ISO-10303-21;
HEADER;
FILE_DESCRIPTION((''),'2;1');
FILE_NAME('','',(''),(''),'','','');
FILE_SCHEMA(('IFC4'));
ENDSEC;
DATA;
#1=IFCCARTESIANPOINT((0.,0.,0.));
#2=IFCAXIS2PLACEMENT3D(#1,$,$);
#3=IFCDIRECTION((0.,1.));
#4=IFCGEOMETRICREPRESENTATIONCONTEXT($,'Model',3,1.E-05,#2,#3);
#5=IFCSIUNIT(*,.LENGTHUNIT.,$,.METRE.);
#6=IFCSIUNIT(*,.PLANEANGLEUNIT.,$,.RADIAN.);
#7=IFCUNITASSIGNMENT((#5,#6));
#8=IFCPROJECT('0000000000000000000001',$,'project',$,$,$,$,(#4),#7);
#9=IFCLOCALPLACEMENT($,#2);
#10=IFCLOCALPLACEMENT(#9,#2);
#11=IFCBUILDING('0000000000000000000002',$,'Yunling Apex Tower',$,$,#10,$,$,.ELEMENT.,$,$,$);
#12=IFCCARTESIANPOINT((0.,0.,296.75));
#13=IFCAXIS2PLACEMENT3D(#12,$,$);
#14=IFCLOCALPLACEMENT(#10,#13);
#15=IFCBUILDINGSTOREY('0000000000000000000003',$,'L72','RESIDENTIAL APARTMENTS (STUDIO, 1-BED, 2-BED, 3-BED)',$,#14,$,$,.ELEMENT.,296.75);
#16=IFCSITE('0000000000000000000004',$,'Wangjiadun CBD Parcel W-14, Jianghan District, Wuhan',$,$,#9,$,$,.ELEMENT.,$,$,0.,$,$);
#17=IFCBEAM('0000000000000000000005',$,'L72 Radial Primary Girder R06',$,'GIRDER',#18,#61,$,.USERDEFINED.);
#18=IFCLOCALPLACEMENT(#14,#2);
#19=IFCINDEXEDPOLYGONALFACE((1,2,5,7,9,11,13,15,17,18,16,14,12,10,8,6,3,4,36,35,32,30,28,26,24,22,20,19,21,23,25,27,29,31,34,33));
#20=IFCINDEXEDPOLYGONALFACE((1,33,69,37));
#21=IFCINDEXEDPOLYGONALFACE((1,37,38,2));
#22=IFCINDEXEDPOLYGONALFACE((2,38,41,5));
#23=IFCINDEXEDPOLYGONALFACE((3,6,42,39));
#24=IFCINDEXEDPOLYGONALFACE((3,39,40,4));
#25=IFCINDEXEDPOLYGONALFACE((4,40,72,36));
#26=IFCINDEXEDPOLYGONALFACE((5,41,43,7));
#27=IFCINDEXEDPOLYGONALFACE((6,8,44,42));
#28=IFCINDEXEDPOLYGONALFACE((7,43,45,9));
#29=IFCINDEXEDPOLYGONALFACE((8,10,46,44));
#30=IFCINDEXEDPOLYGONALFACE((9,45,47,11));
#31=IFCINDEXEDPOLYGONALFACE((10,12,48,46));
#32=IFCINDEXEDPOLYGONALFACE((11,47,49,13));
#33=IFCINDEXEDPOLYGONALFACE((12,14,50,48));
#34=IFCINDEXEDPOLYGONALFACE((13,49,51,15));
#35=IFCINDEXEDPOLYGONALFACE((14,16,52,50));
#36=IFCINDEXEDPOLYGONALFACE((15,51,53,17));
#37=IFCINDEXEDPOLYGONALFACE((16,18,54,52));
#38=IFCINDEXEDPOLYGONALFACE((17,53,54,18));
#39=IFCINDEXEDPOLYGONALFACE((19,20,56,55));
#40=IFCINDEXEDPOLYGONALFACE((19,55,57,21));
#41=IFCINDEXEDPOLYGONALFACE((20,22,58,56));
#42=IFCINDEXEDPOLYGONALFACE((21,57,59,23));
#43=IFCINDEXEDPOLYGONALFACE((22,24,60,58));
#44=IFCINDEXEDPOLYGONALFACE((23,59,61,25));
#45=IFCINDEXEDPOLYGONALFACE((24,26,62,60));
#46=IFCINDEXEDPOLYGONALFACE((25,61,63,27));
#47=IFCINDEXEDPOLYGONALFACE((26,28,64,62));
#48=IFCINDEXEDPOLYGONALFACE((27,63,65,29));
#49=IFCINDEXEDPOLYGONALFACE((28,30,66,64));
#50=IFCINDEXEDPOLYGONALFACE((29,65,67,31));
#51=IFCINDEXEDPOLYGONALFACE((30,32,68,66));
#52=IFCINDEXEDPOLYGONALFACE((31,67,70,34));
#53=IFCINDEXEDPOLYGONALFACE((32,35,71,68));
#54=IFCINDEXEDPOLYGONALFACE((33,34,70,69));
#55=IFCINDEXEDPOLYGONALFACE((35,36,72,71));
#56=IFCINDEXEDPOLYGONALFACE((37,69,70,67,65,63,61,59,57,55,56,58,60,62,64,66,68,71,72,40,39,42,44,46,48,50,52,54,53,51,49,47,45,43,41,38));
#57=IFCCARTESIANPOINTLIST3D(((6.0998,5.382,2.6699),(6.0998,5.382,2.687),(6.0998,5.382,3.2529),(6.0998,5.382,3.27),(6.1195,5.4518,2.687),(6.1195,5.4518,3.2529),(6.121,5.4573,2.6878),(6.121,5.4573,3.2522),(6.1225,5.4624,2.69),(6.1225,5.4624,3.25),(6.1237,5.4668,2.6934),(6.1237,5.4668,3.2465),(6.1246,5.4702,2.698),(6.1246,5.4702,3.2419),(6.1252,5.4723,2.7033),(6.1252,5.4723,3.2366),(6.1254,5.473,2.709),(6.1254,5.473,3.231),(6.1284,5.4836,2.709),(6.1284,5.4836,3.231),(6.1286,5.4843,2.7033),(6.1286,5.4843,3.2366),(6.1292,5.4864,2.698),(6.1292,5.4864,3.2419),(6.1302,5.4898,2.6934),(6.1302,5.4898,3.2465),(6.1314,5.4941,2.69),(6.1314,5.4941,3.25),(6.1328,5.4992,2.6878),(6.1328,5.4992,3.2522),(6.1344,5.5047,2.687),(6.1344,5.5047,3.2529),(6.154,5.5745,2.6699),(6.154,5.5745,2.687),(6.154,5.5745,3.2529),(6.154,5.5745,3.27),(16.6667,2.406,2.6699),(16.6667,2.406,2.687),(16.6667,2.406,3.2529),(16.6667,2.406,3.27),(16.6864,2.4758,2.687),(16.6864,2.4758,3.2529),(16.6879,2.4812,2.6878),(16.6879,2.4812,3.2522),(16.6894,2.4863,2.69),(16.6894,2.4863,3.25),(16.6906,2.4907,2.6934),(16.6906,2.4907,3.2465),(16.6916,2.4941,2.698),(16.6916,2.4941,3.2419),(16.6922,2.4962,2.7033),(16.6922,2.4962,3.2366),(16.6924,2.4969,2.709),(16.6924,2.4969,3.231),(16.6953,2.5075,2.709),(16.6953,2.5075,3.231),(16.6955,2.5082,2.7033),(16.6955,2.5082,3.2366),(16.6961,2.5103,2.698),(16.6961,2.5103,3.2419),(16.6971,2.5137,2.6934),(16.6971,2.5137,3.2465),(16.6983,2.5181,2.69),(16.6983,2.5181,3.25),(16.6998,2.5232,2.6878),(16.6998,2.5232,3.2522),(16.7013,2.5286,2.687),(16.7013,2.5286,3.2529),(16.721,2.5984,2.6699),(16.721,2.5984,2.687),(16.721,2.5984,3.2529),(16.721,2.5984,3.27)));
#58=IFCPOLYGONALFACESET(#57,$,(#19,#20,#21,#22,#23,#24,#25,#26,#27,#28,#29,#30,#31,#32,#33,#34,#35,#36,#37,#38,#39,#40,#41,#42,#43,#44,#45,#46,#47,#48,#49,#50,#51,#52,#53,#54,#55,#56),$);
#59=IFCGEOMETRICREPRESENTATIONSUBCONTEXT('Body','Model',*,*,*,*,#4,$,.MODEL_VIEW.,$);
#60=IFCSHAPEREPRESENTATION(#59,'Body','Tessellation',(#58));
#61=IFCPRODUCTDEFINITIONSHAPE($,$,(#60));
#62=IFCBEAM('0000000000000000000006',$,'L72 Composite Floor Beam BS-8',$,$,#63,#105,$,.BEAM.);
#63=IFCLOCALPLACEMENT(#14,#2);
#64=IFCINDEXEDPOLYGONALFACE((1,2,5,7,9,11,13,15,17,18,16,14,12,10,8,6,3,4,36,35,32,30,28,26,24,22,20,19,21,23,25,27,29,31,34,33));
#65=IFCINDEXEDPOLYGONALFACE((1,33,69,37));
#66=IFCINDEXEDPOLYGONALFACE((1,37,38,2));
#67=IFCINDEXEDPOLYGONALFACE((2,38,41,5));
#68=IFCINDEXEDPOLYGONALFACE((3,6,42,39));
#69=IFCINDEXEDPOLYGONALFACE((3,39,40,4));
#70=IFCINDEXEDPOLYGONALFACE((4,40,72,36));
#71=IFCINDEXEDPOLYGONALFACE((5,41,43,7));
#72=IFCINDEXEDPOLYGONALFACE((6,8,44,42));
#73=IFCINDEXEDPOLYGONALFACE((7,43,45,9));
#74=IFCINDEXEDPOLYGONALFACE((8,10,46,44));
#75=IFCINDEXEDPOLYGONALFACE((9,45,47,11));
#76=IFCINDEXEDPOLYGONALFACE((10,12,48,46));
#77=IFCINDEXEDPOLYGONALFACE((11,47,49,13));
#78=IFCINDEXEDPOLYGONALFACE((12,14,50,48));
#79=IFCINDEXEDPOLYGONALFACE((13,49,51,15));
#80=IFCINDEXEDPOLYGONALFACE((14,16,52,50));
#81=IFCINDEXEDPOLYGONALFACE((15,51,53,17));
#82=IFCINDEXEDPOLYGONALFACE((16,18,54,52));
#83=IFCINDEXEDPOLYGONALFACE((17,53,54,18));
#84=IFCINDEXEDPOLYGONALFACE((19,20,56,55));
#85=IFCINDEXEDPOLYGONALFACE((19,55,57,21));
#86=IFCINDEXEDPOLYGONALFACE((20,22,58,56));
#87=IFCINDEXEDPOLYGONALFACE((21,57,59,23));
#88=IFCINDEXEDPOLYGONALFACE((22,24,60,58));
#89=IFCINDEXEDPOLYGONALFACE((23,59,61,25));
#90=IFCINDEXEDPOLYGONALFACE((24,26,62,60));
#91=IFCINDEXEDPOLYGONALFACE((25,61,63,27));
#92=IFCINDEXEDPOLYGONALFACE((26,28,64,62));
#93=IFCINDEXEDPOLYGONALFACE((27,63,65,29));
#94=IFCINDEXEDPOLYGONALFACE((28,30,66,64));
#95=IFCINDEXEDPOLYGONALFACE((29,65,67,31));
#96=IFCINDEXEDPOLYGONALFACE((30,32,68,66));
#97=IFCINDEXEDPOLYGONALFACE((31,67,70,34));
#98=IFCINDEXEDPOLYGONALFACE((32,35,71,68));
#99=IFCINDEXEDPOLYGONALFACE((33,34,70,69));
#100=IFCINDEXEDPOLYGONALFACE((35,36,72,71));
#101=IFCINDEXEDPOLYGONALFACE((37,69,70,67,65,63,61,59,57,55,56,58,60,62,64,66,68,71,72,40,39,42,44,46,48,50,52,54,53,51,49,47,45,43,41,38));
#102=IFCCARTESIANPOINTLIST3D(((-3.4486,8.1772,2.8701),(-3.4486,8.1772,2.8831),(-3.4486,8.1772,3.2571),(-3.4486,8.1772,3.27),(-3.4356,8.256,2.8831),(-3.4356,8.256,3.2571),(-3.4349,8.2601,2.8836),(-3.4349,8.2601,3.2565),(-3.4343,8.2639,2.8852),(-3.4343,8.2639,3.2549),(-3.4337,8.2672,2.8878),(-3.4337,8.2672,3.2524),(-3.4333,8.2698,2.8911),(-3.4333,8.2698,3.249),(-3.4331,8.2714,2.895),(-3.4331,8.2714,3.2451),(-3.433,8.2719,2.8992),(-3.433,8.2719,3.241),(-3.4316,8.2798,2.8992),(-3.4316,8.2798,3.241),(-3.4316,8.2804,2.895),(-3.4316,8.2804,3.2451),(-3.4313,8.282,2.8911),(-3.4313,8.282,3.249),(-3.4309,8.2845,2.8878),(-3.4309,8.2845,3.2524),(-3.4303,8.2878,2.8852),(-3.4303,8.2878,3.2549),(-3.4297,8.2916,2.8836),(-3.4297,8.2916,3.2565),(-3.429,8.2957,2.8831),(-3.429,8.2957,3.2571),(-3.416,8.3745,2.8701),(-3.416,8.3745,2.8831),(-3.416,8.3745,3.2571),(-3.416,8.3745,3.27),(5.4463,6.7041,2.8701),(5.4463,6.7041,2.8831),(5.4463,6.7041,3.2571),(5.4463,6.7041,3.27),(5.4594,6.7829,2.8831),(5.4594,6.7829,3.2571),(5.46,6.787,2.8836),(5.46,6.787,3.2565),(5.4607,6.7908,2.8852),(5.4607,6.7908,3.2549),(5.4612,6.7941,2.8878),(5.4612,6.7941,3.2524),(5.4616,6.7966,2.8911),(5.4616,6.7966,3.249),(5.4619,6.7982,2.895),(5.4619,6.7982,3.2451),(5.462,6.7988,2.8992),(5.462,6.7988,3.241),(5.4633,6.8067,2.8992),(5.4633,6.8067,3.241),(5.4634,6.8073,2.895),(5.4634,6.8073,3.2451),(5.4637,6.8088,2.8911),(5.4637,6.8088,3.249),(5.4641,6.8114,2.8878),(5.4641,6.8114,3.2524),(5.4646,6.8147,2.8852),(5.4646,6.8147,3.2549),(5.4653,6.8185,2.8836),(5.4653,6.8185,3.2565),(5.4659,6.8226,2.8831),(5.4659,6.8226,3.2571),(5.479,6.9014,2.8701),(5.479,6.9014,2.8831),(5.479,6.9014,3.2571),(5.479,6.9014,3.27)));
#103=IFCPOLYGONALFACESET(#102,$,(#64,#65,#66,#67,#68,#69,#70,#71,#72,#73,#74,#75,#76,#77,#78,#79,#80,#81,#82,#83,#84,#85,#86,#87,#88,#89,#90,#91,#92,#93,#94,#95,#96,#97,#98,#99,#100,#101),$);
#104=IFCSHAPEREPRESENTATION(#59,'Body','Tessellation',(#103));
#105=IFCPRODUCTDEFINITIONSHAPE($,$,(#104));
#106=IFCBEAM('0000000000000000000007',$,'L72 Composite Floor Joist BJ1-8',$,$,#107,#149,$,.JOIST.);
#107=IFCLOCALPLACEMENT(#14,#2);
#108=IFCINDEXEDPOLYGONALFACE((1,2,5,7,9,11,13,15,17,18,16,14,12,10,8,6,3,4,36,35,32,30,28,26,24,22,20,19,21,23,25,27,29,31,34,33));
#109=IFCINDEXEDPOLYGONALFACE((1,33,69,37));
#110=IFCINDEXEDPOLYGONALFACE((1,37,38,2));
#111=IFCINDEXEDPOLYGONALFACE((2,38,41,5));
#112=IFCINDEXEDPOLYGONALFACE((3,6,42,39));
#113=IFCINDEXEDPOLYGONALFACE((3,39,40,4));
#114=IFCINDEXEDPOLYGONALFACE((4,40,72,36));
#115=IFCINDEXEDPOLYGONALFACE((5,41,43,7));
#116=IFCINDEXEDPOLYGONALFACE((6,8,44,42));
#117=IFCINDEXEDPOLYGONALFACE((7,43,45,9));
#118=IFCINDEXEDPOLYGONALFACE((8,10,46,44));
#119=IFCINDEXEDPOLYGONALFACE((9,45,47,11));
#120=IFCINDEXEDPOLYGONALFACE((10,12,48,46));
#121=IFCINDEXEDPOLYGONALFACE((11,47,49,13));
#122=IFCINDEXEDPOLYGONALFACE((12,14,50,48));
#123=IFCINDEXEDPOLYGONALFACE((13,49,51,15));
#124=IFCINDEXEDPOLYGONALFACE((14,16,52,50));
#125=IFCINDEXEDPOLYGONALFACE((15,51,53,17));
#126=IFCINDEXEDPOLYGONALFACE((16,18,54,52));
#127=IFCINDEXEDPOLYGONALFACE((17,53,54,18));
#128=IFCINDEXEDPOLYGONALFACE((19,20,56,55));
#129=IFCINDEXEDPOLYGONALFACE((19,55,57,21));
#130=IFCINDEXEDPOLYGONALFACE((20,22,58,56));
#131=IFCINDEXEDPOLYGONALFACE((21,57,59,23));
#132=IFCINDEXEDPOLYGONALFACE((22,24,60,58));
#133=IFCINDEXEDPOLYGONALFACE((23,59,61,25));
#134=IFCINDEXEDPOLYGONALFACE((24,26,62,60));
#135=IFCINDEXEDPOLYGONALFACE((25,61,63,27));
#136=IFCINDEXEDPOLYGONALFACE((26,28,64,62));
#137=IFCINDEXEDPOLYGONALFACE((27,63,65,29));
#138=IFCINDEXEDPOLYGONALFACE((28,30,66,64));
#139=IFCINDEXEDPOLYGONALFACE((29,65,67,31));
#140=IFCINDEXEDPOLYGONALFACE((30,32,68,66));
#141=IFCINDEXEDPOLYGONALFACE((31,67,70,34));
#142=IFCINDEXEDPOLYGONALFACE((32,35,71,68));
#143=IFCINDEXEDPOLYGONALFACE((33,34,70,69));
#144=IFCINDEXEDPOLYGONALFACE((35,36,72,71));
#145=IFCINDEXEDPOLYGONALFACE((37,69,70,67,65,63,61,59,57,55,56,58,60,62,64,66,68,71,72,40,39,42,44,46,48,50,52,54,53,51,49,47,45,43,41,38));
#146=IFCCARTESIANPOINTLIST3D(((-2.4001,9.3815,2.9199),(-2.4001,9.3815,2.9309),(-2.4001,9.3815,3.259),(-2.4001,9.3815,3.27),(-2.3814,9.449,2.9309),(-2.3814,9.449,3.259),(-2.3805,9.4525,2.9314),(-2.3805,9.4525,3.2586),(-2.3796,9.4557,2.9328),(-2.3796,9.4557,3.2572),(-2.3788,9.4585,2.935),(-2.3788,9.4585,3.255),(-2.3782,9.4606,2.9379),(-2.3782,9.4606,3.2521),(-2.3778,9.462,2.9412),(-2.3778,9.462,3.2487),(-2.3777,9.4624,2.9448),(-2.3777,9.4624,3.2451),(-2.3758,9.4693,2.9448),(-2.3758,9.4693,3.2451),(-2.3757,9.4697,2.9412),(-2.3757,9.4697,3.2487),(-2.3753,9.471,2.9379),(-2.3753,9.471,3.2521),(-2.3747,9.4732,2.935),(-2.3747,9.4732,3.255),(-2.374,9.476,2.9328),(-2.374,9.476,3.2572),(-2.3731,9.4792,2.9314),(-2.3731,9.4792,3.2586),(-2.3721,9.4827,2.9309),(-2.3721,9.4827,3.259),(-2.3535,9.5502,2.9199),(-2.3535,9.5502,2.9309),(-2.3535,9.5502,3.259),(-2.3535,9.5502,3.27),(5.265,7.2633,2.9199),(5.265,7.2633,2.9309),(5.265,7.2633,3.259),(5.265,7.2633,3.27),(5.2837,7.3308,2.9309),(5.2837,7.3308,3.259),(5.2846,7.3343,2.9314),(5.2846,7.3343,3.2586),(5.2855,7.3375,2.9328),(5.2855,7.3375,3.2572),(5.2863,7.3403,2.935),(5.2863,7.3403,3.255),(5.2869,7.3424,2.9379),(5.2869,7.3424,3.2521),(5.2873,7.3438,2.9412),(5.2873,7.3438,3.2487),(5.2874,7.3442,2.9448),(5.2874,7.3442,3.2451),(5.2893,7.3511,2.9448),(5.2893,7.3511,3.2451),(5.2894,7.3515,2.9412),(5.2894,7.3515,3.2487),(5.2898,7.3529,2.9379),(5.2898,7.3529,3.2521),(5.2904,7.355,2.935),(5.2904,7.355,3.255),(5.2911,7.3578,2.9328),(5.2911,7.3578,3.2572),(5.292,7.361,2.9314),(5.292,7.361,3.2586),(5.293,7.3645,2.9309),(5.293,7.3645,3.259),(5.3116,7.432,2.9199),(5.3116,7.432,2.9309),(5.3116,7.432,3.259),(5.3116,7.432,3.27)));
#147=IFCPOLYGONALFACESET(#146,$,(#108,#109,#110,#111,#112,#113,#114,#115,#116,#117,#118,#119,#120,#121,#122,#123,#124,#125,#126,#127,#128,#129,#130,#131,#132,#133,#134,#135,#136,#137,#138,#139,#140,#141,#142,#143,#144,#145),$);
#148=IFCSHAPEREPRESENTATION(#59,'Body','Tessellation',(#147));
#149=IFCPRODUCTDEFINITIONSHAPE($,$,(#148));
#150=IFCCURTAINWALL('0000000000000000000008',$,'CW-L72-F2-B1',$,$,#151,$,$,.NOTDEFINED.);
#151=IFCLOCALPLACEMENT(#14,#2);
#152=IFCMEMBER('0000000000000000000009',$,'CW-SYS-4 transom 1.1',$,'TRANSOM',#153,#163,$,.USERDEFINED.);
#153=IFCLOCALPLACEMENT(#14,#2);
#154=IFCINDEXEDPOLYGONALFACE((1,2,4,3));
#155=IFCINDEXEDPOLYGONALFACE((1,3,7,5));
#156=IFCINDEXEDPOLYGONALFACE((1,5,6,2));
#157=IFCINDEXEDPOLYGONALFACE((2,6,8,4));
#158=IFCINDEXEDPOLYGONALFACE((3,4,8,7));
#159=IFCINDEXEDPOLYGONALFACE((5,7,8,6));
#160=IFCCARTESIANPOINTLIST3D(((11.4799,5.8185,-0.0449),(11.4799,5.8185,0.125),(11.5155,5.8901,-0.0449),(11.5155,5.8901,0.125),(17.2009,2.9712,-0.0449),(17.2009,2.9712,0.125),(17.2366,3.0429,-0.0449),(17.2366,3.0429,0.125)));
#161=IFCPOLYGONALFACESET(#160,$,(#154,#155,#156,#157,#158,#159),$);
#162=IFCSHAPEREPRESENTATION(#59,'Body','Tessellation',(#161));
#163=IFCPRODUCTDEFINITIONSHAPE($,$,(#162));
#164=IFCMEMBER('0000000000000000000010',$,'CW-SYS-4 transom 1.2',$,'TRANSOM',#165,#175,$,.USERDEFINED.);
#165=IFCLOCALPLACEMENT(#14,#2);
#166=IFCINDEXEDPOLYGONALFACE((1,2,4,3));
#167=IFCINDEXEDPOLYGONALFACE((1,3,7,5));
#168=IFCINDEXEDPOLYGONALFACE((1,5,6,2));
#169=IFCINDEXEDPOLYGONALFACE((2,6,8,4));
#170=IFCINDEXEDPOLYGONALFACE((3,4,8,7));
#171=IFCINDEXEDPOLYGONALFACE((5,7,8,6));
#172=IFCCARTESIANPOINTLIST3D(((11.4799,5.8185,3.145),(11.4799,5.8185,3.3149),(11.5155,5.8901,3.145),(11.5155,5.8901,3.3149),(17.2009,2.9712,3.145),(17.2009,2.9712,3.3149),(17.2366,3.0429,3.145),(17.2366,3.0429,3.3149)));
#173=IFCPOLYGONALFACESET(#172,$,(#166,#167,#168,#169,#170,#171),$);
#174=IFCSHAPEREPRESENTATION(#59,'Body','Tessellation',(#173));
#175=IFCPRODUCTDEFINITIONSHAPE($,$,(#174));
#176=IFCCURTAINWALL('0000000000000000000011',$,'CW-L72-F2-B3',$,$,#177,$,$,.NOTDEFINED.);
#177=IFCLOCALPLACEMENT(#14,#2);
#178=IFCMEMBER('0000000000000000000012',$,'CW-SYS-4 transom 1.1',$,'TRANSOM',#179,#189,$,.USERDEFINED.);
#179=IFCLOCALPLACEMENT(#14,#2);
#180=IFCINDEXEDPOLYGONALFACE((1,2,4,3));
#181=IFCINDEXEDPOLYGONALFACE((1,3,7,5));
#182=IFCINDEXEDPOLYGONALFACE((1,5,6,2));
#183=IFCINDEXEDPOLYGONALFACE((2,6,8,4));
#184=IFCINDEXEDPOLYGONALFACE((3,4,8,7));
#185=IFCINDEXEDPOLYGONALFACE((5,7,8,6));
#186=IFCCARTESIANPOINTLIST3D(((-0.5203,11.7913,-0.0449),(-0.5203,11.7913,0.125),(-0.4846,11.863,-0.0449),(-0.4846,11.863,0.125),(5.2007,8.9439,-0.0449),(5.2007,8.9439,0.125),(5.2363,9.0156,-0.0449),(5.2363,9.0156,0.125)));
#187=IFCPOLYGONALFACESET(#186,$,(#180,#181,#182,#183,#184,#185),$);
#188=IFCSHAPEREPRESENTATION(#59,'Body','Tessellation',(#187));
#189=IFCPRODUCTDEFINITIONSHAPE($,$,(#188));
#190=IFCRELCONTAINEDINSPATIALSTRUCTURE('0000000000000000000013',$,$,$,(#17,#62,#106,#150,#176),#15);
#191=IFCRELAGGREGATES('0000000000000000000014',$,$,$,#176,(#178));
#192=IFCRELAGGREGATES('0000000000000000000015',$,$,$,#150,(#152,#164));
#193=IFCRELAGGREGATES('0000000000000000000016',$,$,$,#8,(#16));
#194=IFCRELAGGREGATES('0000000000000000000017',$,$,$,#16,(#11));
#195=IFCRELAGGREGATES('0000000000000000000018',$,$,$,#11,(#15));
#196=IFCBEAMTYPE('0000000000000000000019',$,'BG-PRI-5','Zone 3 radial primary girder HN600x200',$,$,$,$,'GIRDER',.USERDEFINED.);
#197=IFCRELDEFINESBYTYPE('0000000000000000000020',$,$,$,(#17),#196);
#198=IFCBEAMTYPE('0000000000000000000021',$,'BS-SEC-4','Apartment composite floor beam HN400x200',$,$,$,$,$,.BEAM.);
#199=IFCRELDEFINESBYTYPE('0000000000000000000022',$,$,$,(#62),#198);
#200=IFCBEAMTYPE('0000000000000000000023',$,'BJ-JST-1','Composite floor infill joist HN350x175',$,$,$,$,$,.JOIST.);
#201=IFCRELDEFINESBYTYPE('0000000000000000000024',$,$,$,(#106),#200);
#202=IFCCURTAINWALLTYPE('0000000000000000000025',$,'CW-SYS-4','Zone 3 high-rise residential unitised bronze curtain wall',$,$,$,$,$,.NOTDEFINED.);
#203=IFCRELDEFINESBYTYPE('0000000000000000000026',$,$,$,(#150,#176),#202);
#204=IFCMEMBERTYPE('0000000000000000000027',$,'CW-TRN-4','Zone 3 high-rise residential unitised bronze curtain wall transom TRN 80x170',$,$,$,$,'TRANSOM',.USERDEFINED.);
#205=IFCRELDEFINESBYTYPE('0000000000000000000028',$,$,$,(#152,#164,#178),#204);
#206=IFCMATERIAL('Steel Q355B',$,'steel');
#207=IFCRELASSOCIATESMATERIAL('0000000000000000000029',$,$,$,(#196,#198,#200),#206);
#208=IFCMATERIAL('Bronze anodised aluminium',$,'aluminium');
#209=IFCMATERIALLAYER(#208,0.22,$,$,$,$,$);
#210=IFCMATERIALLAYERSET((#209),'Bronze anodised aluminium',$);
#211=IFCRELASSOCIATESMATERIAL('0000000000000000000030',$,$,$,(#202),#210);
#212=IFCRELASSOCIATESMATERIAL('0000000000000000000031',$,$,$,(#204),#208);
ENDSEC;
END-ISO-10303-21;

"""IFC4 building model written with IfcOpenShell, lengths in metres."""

from ifc_helpers import new_model, si_unit, direction, frame, origin, origin_2d, place, context, subcontext, project, spatial, rectangle, i_section, extrude, source, transform, mapped, material, layer, layer_set, material_profile, profile_set, type_object, element, aggregate, save


model = new_model("IFC4")

# Units and contexts
model_context = context("Model", 3, precision=1e-05, world=origin(), true_north=direction((0.0, 1.0)))
body_context = subcontext(model_context, "Body", "Model", "MODEL_VIEW")
ifc_project = project(units=[si_unit("LENGTHUNIT", "METRE"), si_unit("PLANEANGLEUNIT", "RADIAN")], contexts=[model_context])

# Site, building, storey
site_placement = place(None, origin())
site = spatial("IfcSite", under=ifc_project, at=site_placement, Name="Wangjiadun CBD Parcel W-14, Jianghan District, Wuhan", CompositionType="ELEMENT", RefElevation=0.0)
building_placement = place(site_placement, origin())
building = spatial("IfcBuilding", under=site, at=building_placement, Name="Yunling Apex Tower", CompositionType="ELEMENT")
storey_placement = place(building_placement, frame((0.0, 0.0, 296.75)))
storey = spatial("IfcBuildingStorey", under=building, at=storey_placement, Name="L72", Description="RESIDENTIAL APARTMENTS (STUDIO, 1-BED, 2-BED, 3-BED)", CompositionType="ELEMENT", Elevation=296.75)

# Shared definitions
ifc_material_1 = material(Name="Steel Q355B", Category="steel")

# Beams
ifc_material_profile_1 = material_profile(ifc_material_1, i_section(OverallWidth=0.2, OverallDepth=0.6001, WebThickness=0.011, FlangeThickness=0.0171, FilletRadius=0.022, at=origin_2d()))
ifc_profile_set_1 = profile_set([ifc_material_profile_1], Name="Steel Q355B")
beam_type_1 = type_object("IfcBeamType", Name="BG-PRI-5", Description="Zone 3 radial primary girder HN600x200", ElementType="GIRDER", PredefinedType="USERDEFINED", material=ifc_profile_set_1)
shared_shape_1 = source(origin(), body_context, "Body", "SweptSolid", [
    extrude(i_section(OverallWidth=0.2, OverallDepth=0.6001, WebThickness=0.011, FlangeThickness=0.0171, FilletRadius=0.022, at=origin_2d()), origin(), (0.0, 0.0, 1.0), 10.978),
])
beam_1_placement = place(storey_placement, frame((16.6938, 2.5022, 2.97), z_axis=(-0.962553, 0.271095, 0.0), x_axis=(-0.271095, -0.962553, 0.0)))
element("IfcBeam", 1, at=beam_1_placement, inside=storey, type_object=beam_type_1, Name="L72 Radial Primary Girder R06", ObjectType="GIRDER", PredefinedType="USERDEFINED", context=body_context, shape_type="MappedRepresentation", body=[
    mapped(shared_shape_1, transform((0.0, 0.0, 0.0), scale=1.0)),
])
ifc_material_profile_2 = material_profile(ifc_material_1, i_section(OverallWidth=0.2, OverallDepth=0.3999, WebThickness=0.0081, FlangeThickness=0.0129, FilletRadius=0.0161, at=origin_2d()))
ifc_profile_set_2 = profile_set([ifc_material_profile_2], Name="Steel Q355B")
beam_type_2 = type_object("IfcBeamType", Name="BS-SEC-4", Description="Apartment composite floor beam HN400x200", PredefinedType="BEAM", material=ifc_profile_set_2)
shared_shape_2 = source(origin(), body_context, "Body", "SweptSolid", [
    extrude(i_section(OverallWidth=0.2, OverallDepth=0.3999, WebThickness=0.0081, FlangeThickness=0.0129, FilletRadius=0.0161, at=origin_2d()), origin(), (0.0, 0.0, 1.0), 9.0161),
])
beam_2_placement = place(storey_placement, frame((5.4626, 6.8027, 3.0701), z_axis=(-0.986562, 0.163389, 0.0), x_axis=(-0.163389, -0.986562, 0.0)))
element("IfcBeam", 2, at=beam_2_placement, inside=storey, type_object=beam_type_2, Name="L72 Composite Floor Beam BS-8", PredefinedType="BEAM", context=body_context, shape_type="MappedRepresentation", body=[
    mapped(shared_shape_2, transform((0.0, 0.0, 0.0), scale=1.0)),
])
ifc_material_profile_3 = material_profile(ifc_material_1, i_section(OverallWidth=0.175, OverallDepth=0.3501, WebThickness=0.0071, FlangeThickness=0.011, FilletRadius=0.0139, at=origin_2d()))
ifc_profile_set_3 = profile_set([ifc_material_profile_3], Name="Steel Q355B")
beam_type_3 = type_object("IfcBeamType", Name="BJ-JST-1", Description="Composite floor infill joist HN350x175", PredefinedType="JOIST", material=ifc_profile_set_3)
shared_shape_3 = source(origin(), body_context, "Body", "SweptSolid", [
    extrude(i_section(OverallWidth=0.175, OverallDepth=0.3501, WebThickness=0.0071, FlangeThickness=0.011, FilletRadius=0.0139, at=origin_2d()), origin(), (0.0, 0.0, 1.0), 7.9524),
])
beam_3_placement = place(storey_placement, frame((5.2883, 7.3477, 3.095), z_axis=(-0.963874, 0.266358, 0.0), x_axis=(-0.266358, -0.963874, 0.0)))
element("IfcBeam", 3, at=beam_3_placement, inside=storey, type_object=beam_type_3, Name="L72 Composite Floor Joist BJ1-8", PredefinedType="JOIST", context=body_context, shape_type="MappedRepresentation", body=[
    mapped(shared_shape_3, transform((0.0, 0.0, 0.0), scale=1.0)),
])

# Curtain walls, members
ifc_material_2 = material(Name="Bronze anodised aluminium", Category="aluminium")
ifc_layer_1 = layer(ifc_material_2, 0.22)
ifc_layer_set_1 = layer_set([ifc_layer_1], Name="Bronze anodised aluminium")
curtain_wall_type = type_object("IfcCurtainWallType", Name="CW-SYS-4", Description="Zone 3 high-rise residential unitised bronze curtain wall", PredefinedType="NOTDEFINED", material=ifc_layer_set_1)
curtain_wall_1_placement = place(storey_placement, origin())
curtain_wall_1 = element("IfcCurtainWall", 4, at=curtain_wall_1_placement, inside=storey, type_object=curtain_wall_type, Name="CW-L72-F2-B1", PredefinedType="NOTDEFINED")
ifc_material_profile_4 = material_profile(ifc_material_2, rectangle(XDim=0.0801, YDim=0.1699, at=origin_2d()))
ifc_profile_set_4 = profile_set([ifc_material_profile_4], Name="Bronze anodised aluminium")
member_type_1 = type_object("IfcMemberType", Name="CW-TRN-4", Description="Zone 3 high-rise residential unitised bronze curtain wall transom TRN 80x170", ElementType="TRANSOM", PredefinedType="USERDEFINED", material=ifc_profile_set_4)
shared_shape_4 = source(origin(), body_context, "Body", "SweptSolid", [
    extrude(rectangle(XDim=0.0801, YDim=0.1699, at=origin_2d()), origin(), (0.0, 0.0, 1.0), 6.3904),
])
member_1_placement = place(storey_placement, frame((17.2188, 3.0071, 0.04), z_axis=(-0.895259, 0.445547, 0.0), x_axis=(-0.445547, -0.895259, 0.0)))
member_1 = element("IfcMember", 5, at=member_1_placement, type_object=member_type_1, Name="CW-SYS-4 transom 1.1", ObjectType="TRANSOM", PredefinedType="USERDEFINED", context=body_context, shape_type="MappedRepresentation", body=[
    mapped(shared_shape_4, transform((0.0, 0.0, 0.0), scale=1.0)),
])
member_2_placement = place(storey_placement, frame((17.2188, 3.0071, 3.23), z_axis=(-0.895259, 0.445547, 0.0), x_axis=(-0.445547, -0.895259, 0.0)))
member_2 = element("IfcMember", 6, at=member_2_placement, type_object=member_type_1, Name="CW-SYS-4 transom 1.2", ObjectType="TRANSOM", PredefinedType="USERDEFINED", context=body_context, shape_type="MappedRepresentation", body=[
    mapped(shared_shape_4, transform((0.0, 0.0, 0.0), scale=1.0)),
])
curtain_wall_2_placement = place(storey_placement, origin())
curtain_wall_2 = element("IfcCurtainWall", 7, at=curtain_wall_2_placement, inside=storey, type_object=curtain_wall_type, Name="CW-L72-F2-B3", PredefinedType="NOTDEFINED")
member_3_placement = place(storey_placement, frame((5.2185, 8.9797, 0.04), z_axis=(-0.895243, 0.445578, 0.0), x_axis=(-0.445578, -0.895243, 0.0)))
member_3 = element("IfcMember", 8, at=member_3_placement, type_object=member_type_1, Name="CW-SYS-4 transom 1.1", ObjectType="TRANSOM", PredefinedType="USERDEFINED", context=body_context, shape_type="MappedRepresentation", body=[
    mapped(shared_shape_4, transform((0.0, 0.0, 0.0), scale=1.0)),
])

aggregate(curtain_wall_2, [member_3])

aggregate(curtain_wall_1, [member_1, member_2])

save(model, "model.ifc")
